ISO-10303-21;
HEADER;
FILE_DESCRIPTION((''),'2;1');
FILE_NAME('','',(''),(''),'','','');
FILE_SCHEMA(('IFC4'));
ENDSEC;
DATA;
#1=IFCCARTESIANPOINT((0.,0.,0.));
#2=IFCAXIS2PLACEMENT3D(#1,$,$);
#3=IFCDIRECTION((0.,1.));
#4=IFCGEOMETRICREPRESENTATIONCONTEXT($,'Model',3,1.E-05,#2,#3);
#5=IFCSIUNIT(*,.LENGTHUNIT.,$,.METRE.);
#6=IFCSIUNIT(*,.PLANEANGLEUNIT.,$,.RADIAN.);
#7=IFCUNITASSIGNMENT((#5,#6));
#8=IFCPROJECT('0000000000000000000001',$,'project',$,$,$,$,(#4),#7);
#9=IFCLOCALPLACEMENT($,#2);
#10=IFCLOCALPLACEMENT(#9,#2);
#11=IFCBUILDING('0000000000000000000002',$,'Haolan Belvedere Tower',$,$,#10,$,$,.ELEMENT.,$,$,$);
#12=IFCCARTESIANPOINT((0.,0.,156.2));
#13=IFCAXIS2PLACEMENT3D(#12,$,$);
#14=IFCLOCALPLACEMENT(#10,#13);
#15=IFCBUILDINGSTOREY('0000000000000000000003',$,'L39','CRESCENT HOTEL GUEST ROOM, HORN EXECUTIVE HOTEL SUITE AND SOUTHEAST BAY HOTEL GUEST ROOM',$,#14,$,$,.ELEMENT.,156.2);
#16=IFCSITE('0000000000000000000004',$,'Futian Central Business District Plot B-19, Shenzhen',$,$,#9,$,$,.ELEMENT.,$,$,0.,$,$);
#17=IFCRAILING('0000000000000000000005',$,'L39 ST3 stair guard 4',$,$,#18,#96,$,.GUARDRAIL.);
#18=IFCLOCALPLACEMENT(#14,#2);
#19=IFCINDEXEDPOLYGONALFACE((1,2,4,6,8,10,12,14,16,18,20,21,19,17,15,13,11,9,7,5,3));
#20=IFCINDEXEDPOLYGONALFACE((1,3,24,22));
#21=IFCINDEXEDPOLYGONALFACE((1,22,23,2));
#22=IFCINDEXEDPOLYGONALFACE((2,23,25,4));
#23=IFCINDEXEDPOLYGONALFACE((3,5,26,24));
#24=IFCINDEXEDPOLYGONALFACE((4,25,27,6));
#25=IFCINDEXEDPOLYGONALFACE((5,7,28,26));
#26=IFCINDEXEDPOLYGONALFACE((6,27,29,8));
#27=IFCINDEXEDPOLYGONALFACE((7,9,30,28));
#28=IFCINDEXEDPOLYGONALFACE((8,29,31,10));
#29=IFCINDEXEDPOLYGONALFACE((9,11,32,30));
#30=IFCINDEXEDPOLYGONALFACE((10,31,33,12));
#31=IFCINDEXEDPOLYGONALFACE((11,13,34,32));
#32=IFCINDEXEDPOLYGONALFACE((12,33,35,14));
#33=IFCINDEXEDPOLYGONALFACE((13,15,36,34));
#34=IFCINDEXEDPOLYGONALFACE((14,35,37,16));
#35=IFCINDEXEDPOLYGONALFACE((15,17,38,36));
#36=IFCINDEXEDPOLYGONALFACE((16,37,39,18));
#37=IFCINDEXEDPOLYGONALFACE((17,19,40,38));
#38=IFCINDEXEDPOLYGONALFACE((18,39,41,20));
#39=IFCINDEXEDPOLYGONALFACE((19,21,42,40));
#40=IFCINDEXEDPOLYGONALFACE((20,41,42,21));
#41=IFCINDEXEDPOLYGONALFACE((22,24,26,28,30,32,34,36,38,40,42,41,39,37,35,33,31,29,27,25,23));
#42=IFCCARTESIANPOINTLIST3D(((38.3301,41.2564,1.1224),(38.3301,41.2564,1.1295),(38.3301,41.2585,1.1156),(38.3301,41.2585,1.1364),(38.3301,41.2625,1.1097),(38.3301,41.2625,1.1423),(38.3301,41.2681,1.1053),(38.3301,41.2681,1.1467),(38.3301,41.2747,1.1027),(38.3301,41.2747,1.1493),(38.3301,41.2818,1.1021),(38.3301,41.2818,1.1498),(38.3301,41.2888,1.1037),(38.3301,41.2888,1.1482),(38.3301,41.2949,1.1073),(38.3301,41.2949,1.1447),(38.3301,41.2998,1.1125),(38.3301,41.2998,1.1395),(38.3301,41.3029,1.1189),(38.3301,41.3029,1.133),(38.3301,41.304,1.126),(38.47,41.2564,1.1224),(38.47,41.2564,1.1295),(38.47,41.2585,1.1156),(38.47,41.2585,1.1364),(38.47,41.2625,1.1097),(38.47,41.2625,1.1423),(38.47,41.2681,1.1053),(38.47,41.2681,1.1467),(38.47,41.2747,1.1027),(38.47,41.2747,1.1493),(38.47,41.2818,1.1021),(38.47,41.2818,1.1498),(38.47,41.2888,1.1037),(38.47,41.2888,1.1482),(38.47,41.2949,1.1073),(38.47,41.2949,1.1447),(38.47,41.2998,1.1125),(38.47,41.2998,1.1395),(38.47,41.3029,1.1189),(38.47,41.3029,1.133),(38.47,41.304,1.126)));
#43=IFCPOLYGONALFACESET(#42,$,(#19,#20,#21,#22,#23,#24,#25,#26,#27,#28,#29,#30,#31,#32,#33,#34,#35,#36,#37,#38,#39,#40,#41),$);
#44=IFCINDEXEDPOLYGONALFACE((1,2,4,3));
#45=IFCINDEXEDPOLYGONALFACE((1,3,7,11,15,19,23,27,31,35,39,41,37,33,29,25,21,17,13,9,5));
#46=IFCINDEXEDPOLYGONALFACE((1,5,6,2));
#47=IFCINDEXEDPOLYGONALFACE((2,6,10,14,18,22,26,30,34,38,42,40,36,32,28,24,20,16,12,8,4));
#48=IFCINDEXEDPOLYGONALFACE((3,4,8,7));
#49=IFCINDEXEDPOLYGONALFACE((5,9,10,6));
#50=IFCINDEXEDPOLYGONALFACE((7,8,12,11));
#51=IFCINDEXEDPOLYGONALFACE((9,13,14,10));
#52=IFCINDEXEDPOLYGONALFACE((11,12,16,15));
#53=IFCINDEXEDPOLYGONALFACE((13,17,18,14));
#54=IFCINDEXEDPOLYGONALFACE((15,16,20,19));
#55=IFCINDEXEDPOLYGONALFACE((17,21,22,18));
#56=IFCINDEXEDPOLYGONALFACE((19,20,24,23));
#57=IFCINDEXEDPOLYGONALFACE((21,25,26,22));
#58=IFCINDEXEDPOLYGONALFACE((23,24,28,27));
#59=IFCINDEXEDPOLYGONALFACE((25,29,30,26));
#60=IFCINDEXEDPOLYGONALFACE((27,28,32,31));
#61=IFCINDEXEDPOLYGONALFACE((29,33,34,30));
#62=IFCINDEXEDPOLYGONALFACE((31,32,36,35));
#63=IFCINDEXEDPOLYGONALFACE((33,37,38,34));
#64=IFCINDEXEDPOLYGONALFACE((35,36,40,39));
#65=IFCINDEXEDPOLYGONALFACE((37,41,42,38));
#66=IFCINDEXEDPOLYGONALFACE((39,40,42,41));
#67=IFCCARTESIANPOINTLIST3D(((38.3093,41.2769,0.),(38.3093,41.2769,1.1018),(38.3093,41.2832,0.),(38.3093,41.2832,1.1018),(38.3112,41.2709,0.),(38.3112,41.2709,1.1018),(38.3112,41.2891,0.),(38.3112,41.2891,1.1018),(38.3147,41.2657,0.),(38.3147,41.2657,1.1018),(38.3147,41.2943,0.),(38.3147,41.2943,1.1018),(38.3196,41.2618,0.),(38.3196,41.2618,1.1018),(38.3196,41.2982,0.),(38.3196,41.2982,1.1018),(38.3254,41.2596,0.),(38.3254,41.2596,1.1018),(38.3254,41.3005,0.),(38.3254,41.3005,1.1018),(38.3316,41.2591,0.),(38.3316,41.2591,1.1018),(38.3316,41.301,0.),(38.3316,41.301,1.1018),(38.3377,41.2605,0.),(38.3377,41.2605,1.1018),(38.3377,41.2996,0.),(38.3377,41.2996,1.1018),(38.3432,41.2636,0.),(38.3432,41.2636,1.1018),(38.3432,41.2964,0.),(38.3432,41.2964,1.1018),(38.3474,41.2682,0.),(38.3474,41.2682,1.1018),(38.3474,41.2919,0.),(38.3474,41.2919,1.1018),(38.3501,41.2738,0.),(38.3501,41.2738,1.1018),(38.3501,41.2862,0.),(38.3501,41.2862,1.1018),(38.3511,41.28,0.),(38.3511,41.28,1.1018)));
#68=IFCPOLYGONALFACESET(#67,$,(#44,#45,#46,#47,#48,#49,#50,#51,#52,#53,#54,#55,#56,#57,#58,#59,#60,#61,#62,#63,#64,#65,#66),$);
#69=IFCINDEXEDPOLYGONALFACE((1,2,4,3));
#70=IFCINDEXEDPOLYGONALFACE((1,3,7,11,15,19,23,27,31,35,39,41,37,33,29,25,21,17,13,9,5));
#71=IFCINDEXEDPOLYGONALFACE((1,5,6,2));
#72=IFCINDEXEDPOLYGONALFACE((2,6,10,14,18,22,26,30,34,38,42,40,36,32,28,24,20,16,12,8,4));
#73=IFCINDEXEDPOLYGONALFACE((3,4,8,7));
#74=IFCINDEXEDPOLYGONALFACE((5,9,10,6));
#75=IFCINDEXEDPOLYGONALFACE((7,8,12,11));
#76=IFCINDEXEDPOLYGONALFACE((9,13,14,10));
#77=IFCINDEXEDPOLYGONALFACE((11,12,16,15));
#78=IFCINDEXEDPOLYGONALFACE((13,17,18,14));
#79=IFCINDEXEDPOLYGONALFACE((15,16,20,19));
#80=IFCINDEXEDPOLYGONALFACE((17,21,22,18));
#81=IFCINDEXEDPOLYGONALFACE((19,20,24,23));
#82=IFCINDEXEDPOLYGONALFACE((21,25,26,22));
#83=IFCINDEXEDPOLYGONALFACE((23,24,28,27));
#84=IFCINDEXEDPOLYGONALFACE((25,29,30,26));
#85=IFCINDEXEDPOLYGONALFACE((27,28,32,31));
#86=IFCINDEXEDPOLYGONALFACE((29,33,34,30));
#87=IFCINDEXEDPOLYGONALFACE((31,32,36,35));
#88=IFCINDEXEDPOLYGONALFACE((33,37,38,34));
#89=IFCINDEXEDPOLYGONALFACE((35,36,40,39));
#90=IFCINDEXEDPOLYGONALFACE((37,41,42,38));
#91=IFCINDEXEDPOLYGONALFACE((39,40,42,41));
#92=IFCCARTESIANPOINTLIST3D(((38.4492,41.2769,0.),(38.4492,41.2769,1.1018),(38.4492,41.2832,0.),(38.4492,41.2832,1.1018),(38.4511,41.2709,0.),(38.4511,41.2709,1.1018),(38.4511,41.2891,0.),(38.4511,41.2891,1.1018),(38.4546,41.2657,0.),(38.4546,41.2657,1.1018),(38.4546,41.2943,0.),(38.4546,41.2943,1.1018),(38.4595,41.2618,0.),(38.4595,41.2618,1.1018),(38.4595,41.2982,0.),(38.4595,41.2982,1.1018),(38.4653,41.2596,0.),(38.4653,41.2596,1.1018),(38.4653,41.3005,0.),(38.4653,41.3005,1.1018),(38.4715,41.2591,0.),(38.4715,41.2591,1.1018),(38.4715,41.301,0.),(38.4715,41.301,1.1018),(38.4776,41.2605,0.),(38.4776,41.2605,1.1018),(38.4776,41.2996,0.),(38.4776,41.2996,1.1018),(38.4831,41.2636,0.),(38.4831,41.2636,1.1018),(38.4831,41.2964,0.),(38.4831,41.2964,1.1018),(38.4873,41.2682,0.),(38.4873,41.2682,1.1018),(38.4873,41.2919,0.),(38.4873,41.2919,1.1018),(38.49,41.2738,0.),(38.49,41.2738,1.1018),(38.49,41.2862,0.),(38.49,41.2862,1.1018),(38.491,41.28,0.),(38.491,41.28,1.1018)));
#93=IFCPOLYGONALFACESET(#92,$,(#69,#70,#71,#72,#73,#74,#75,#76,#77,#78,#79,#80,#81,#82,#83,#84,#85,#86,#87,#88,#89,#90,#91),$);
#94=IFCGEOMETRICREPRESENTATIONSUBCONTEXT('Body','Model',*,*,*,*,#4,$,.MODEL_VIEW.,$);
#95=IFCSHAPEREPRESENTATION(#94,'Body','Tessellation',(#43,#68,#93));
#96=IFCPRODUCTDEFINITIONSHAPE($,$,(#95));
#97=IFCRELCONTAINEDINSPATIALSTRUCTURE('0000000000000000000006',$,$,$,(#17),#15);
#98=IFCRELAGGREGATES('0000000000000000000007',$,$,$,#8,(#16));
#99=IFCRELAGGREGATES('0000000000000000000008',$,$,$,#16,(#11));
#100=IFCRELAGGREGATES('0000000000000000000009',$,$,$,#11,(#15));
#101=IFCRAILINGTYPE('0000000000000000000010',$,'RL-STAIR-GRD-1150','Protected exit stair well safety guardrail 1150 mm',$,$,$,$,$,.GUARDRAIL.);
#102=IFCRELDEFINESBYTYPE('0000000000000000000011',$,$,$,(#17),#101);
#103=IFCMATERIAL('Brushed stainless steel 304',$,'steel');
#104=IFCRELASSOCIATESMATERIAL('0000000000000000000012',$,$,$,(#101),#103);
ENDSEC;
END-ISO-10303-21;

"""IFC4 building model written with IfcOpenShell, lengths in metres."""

from ifc_helpers import new_model, si_unit, direction, frame, origin, origin_2d, place, context, subcontext, project, spatial, circle, extrude, material, type_object, element, save


model = new_model("IFC4")

# Units and contexts
model_context = context("Model", 3, precision=1e-05, world=origin(), true_north=direction((0.0, 1.0)))
body_context = subcontext(model_context, "Body", "Model", "MODEL_VIEW")
ifc_project = project(units=[si_unit("LENGTHUNIT", "METRE"), si_unit("PLANEANGLEUNIT", "RADIAN")], contexts=[model_context])

# Site, building, storey
site_placement = place(None, origin())
site = spatial("IfcSite", under=ifc_project, at=site_placement, Name="Futian Central Business District Plot B-19, Shenzhen", CompositionType="ELEMENT", RefElevation=0.0)
building_placement = place(site_placement, origin())
building = spatial("IfcBuilding", under=site, at=building_placement, Name="Haolan Belvedere Tower", CompositionType="ELEMENT")
storey_placement = place(building_placement, frame((0.0, 0.0, 156.2)))
storey = spatial("IfcBuildingStorey", under=building, at=storey_placement, Name="L39", Description="CRESCENT HOTEL GUEST ROOM, HORN EXECUTIVE HOTEL SUITE AND SOUTHEAST BAY HOTEL GUEST ROOM", CompositionType="ELEMENT", Elevation=156.2)

# Railing
ifc_material_1 = material(Name="Brushed stainless steel 304", Category="steel")
railing_type_1 = type_object("IfcRailingType", Name="RL-STAIR-GRD-1150", Description="Protected exit stair well safety guardrail 1150 mm", PredefinedType="GUARDRAIL", material=ifc_material_1)
railing_1_placement = place(storey_placement, frame((38.3301, 41.28, 0.0)))
element("IfcRailing", 1, at=railing_1_placement, inside=storey, type_object=railing_type_1, Name="L39 ST3 stair guard 4", PredefinedType="GUARDRAIL", context=body_context, shape_type="SweptSolid", body=[
    extrude(circle(Radius=0.0239, at=origin_2d()), frame((0.0, 0.0, 1.126), z_axis=(1.0, 0.0, 0.0), x_axis=(0.0, 1.0, 0.0)), (0.0, 0.0, 1.0), 0.1399),
    extrude(circle(Radius=0.021, at=origin_2d()), origin(), (0.0, 0.0, 1.0), 1.1018),
    extrude(circle(Radius=0.021, at=origin_2d()), frame((0.1399, 0.0, 0.0)), (0.0, 0.0, 1.0), 1.1018),
])

save(model, "model.ifc")
